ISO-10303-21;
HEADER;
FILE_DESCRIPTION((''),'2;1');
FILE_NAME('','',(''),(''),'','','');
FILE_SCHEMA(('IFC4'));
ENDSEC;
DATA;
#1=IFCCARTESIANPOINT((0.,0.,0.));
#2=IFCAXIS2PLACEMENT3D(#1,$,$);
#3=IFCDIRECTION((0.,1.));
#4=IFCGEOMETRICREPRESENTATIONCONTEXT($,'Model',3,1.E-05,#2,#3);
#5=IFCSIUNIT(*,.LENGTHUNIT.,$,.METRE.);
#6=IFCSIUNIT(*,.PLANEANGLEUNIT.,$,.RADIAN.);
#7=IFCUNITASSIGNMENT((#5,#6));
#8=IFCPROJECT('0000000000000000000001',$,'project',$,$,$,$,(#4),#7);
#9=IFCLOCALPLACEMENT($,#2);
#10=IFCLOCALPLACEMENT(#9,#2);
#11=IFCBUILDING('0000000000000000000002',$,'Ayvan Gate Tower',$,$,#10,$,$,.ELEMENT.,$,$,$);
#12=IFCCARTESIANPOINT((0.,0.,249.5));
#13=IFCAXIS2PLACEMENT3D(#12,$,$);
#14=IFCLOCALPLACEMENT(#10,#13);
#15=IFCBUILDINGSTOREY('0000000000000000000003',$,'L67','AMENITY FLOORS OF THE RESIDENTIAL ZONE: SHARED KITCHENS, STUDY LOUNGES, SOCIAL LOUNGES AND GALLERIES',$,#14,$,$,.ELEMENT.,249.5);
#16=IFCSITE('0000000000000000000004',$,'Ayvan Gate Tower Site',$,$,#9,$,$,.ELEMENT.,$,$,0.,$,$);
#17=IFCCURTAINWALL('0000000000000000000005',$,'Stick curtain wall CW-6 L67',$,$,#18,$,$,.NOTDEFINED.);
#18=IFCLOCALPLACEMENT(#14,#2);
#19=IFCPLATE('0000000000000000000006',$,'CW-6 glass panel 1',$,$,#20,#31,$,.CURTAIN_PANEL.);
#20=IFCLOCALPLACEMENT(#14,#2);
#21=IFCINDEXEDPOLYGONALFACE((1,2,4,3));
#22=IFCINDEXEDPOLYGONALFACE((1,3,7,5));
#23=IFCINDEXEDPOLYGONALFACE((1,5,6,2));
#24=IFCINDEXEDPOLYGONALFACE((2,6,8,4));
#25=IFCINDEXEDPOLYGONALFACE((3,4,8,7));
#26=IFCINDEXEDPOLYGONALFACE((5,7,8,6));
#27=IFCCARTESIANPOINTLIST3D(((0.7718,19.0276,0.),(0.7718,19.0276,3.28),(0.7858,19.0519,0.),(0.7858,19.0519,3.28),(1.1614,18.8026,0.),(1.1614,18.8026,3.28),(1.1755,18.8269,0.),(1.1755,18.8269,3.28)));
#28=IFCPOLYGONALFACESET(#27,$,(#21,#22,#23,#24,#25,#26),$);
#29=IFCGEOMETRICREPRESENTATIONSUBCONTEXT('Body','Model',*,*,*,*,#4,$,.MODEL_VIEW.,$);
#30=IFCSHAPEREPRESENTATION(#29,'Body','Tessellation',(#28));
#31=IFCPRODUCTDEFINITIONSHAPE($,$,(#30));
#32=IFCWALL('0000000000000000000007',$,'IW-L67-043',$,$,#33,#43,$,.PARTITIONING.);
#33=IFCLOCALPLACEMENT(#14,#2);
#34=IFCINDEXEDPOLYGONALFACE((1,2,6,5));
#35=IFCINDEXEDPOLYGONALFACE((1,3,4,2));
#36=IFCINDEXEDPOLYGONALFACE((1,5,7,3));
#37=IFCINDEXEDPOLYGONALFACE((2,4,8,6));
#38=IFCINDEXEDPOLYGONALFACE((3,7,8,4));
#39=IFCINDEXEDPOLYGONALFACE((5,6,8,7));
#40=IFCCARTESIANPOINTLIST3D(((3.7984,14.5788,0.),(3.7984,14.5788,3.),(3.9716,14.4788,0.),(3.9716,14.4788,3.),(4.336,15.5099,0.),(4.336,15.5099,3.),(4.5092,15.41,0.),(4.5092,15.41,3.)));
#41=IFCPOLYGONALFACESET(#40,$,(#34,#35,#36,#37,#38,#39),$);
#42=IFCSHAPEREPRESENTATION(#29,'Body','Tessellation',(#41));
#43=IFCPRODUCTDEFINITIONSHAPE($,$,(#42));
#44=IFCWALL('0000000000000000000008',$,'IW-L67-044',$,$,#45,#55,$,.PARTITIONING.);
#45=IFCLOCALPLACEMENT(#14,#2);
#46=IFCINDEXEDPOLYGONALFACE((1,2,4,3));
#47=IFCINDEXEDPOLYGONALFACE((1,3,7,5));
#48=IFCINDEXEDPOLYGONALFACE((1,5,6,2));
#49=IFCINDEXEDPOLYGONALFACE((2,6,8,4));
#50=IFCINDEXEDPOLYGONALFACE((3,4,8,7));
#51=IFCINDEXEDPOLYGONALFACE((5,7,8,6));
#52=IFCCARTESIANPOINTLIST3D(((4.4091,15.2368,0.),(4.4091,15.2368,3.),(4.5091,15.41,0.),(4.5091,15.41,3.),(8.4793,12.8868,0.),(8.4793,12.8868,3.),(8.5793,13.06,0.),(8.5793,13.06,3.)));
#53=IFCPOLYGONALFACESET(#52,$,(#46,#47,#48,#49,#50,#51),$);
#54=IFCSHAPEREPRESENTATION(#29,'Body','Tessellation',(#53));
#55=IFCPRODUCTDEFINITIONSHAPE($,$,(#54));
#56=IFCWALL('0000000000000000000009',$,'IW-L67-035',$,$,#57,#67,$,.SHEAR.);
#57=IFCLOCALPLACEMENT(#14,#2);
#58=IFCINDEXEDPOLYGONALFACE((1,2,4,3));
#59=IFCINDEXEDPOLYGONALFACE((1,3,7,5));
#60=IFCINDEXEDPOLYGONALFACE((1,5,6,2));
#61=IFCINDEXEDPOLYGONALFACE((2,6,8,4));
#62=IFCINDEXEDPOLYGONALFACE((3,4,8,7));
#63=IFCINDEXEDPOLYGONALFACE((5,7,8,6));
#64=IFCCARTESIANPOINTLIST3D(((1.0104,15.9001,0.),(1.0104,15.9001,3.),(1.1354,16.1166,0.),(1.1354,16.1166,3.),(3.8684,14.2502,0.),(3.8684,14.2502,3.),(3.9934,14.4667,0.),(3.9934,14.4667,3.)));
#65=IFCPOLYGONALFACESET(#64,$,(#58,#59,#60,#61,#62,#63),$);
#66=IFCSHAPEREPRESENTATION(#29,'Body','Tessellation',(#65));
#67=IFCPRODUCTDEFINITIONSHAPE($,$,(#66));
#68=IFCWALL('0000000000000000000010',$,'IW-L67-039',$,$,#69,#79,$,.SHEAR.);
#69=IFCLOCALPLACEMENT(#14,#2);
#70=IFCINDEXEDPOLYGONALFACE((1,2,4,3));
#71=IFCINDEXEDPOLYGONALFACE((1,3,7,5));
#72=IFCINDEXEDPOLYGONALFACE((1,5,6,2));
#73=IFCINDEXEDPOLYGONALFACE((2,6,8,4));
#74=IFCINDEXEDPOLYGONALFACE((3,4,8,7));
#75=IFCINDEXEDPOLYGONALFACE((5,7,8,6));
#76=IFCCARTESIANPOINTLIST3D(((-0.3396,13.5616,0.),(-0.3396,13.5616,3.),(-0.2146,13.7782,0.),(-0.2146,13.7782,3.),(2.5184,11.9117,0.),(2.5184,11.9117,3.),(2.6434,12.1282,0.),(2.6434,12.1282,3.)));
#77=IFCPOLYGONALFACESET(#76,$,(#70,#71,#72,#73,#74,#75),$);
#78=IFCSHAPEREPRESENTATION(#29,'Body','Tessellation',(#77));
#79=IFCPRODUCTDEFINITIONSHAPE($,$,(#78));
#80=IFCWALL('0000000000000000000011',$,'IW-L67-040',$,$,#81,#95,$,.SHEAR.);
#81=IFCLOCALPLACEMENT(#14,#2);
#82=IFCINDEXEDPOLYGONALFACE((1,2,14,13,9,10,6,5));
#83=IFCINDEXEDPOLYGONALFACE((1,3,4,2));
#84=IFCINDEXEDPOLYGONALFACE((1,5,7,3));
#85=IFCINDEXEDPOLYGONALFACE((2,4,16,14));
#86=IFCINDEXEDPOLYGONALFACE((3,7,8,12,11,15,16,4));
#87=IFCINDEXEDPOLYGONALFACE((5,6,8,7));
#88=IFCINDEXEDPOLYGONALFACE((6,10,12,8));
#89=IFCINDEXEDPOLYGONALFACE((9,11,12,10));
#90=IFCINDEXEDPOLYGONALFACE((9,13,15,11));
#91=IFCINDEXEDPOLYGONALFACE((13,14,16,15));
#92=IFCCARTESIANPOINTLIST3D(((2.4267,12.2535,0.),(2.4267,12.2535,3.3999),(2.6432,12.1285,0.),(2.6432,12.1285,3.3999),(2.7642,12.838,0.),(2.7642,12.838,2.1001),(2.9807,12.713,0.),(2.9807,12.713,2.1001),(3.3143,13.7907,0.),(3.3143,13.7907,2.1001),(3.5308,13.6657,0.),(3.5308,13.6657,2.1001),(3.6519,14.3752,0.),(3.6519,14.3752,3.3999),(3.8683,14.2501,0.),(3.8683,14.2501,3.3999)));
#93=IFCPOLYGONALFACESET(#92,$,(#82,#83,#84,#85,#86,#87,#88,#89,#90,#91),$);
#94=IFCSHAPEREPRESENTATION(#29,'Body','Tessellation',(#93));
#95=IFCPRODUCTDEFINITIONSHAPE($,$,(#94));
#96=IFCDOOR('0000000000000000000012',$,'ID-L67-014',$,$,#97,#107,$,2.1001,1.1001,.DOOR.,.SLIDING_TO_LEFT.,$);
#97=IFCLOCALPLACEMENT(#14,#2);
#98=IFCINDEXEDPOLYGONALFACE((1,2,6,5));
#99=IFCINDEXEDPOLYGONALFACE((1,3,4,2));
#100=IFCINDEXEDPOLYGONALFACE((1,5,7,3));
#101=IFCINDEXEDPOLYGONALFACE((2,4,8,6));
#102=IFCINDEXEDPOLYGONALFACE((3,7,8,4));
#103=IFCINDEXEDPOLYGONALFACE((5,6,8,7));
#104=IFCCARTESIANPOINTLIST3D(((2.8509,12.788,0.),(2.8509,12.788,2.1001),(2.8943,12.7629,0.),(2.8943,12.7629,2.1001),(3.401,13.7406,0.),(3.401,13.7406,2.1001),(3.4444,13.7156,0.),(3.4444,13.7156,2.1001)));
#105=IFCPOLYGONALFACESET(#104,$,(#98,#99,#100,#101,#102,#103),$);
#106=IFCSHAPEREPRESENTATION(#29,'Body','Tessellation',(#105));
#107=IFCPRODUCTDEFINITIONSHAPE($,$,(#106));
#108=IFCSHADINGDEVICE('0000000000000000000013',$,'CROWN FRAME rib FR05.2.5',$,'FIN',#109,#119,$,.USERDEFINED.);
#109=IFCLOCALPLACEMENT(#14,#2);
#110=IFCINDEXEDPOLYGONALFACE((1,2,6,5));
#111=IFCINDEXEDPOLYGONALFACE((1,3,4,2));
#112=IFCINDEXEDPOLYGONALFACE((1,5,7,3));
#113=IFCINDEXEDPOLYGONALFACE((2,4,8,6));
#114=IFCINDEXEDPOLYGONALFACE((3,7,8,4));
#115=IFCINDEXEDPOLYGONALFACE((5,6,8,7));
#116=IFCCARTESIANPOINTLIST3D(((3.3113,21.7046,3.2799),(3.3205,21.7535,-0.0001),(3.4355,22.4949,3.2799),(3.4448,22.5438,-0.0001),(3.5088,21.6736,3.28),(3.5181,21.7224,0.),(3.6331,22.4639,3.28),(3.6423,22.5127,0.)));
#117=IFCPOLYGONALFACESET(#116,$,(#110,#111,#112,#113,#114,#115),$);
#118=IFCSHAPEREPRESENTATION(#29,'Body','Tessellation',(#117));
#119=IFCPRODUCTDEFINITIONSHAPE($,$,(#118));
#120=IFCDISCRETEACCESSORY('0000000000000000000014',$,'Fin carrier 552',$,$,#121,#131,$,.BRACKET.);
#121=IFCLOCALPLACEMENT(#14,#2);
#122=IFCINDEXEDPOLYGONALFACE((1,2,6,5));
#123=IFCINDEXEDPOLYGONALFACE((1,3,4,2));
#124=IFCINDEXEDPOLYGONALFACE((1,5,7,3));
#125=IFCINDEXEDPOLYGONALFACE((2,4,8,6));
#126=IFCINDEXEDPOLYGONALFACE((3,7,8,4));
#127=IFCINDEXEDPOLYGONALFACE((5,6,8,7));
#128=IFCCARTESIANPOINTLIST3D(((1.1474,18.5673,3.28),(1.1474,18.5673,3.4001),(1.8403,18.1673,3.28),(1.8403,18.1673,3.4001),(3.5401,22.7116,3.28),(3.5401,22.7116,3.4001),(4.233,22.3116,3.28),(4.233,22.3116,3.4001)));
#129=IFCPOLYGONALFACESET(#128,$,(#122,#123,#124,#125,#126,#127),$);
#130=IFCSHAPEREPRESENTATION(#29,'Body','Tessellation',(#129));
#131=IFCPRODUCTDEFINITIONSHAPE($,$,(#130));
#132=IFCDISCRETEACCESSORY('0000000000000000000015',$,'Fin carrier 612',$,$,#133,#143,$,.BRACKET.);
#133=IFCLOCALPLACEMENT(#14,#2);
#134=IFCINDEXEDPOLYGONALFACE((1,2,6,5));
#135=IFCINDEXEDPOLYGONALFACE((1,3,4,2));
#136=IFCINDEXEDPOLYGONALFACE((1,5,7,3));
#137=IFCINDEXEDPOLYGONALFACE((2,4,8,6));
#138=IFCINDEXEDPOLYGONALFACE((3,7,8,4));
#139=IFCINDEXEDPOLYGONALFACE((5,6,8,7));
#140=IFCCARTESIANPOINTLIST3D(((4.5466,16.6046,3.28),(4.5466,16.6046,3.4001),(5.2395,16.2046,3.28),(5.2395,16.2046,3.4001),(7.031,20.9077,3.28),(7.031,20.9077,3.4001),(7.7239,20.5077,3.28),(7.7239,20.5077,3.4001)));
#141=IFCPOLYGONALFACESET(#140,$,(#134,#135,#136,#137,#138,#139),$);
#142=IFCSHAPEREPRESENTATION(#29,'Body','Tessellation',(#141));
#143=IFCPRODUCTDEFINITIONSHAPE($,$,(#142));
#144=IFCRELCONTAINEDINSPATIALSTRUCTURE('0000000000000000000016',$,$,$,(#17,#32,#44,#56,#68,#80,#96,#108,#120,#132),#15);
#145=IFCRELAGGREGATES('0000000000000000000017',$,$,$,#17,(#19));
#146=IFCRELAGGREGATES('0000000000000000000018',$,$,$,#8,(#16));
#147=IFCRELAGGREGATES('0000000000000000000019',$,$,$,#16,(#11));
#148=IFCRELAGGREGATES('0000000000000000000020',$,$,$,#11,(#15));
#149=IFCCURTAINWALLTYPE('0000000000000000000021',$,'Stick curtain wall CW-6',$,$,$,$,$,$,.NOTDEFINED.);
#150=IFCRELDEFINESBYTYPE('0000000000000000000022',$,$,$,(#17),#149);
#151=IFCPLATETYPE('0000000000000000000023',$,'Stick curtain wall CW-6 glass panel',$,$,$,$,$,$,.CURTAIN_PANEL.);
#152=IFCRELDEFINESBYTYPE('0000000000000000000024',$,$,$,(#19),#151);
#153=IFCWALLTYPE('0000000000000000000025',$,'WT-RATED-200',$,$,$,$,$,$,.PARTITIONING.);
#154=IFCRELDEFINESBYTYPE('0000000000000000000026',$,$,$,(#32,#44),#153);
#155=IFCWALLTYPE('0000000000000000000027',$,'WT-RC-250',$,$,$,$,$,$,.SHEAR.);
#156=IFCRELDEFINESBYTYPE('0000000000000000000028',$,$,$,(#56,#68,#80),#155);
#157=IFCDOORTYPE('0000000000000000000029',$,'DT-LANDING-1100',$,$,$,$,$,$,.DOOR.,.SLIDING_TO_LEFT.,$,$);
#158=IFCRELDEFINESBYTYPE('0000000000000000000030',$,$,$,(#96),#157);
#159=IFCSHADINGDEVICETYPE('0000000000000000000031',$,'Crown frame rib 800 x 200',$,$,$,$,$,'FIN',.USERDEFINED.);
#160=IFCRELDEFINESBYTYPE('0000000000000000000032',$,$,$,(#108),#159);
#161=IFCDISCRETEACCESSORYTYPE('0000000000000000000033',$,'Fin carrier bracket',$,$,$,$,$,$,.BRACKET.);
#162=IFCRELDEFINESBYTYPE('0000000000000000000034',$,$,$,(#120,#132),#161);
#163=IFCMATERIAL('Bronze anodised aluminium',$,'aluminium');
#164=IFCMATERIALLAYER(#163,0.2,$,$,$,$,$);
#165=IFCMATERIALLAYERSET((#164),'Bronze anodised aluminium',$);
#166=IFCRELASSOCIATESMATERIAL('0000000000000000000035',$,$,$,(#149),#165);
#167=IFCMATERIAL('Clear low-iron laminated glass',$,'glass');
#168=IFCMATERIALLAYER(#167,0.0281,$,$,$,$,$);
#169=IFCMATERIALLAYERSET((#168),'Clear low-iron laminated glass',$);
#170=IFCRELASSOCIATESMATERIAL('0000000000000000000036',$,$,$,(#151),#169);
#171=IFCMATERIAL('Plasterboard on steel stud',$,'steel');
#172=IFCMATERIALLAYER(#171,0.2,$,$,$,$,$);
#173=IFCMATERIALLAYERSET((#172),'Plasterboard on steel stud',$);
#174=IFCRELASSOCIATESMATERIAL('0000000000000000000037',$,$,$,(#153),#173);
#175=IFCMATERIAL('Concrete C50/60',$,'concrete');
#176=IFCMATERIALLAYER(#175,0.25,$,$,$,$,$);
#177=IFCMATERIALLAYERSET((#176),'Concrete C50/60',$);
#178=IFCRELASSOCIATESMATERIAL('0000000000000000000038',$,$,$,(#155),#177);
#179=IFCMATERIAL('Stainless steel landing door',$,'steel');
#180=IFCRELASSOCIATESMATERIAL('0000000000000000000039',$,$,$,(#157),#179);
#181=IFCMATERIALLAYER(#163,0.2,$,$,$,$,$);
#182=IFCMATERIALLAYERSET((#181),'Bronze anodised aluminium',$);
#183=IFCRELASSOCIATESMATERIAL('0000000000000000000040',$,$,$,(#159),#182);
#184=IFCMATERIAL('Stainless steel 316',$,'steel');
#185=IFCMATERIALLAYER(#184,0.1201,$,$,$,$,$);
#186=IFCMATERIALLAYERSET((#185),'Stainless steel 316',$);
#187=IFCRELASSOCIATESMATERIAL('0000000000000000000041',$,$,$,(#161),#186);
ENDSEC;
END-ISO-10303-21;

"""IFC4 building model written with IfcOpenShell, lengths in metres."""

from ifc_helpers import new_model, si_unit, direction, frame, frame_2d, origin, origin_2d, place, context, subcontext, project, spatial, polyline, rectangle, outline, extrude, material, layer, layer_set, type_object, element, fill, aggregate, save


model = new_model("IFC4")

# Units and contexts
model_context = context("Model", 3, precision=1e-05, world=origin(), true_north=direction((0.0, 1.0)))
body_context = subcontext(model_context, "Body", "Model", "MODEL_VIEW")
ifc_project = project(units=[si_unit("LENGTHUNIT", "METRE"), si_unit("PLANEANGLEUNIT", "RADIAN")], contexts=[model_context])

# Site, building, storey
site_placement = place(None, origin())
site = spatial("IfcSite", under=ifc_project, at=site_placement, Name="Ayvan Gate Tower Site", CompositionType="ELEMENT", RefElevation=0.0)
building_placement = place(site_placement, origin())
building = spatial("IfcBuilding", under=site, at=building_placement, Name="Ayvan Gate Tower", CompositionType="ELEMENT")
storey_placement = place(building_placement, frame((0.0, 0.0, 249.5)))
storey = spatial("IfcBuildingStorey", under=building, at=storey_placement, Name="L67", Description="AMENITY FLOORS OF THE RESIDENTIAL ZONE: SHARED KITCHENS, STUDY LOUNGES, SOCIAL LOUNGES AND GALLERIES", CompositionType="ELEMENT", Elevation=249.5)

# Shared definitions
ifc_material_1 = material(Name="Concrete C50/60", Category="concrete")

# Curtain wall
ifc_material_2 = material(Name="Bronze anodised aluminium", Category="aluminium")
ifc_layer_1 = layer(ifc_material_2, 0.2)
ifc_layer_set_1 = layer_set([ifc_layer_1], Name="Bronze anodised aluminium")
curtain_wall_type_1 = type_object("IfcCurtainWallType", Name="Stick curtain wall CW-6", PredefinedType="NOTDEFINED", material=ifc_layer_set_1)
curtain_wall_1_placement = place(storey_placement, origin())
curtain_wall_1 = element("IfcCurtainWall", 1, at=curtain_wall_1_placement, inside=storey, type_object=curtain_wall_type_1, Name="Stick curtain wall CW-6 L67", PredefinedType="NOTDEFINED")

# Plate
ifc_material_3 = material(Name="Clear low-iron laminated glass", Category="glass")
ifc_layer_2 = layer(ifc_material_3, 0.0281)
ifc_layer_set_2 = layer_set([ifc_layer_2], Name="Clear low-iron laminated glass")
plate_type_1 = type_object("IfcPlateType", Name="Stick curtain wall CW-6 glass panel", PredefinedType="CURTAIN_PANEL", material=ifc_layer_set_2)
plate_1_placement = place(storey_placement, frame((0.9736, 18.9272, 0.0), z_axis=(0.0, 0.0, 1.0), x_axis=(-0.866025, 0.5, 0.0)))
plate_1 = element("IfcPlate", 2, at=plate_1_placement, type_object=plate_type_1, Name="CW-6 glass panel 1", PredefinedType="CURTAIN_PANEL", context=body_context, shape_type="SweptSolid", body=[
    extrude(rectangle(XDim=0.45, YDim=0.0281, at=origin_2d()), origin(), (0.0, 0.0, 1.0), 3.28),
])
aggregate(curtain_wall_1, [plate_1])

# Walls
ifc_material_4 = material(Name="Plasterboard on steel stud", Category="steel")
ifc_layer_3 = layer(ifc_material_4, 0.2)
ifc_layer_set_3 = layer_set([ifc_layer_3], Name="Plasterboard on steel stud")
wall_type_1 = type_object("IfcWallType", Name="WT-RATED-200", PredefinedType="PARTITIONING", material=ifc_layer_set_3)
wall_1_placement = place(storey_placement, frame((3.885, 14.5288, 0.0), z_axis=(0.0, 0.0, 1.0), x_axis=(0.499998, 0.866027, 0.0)))
element("IfcWall", 3, at=wall_1_placement, inside=storey, type_object=wall_type_1, Name="IW-L67-043", PredefinedType="PARTITIONING", context=body_context, shape_type="SweptSolid", body=[
    extrude(rectangle(XDim=1.0752, YDim=0.2, at=frame_2d((0.5376, 0.0))), origin(), (0.0, 0.0, 1.0), 3.0),
])
wall_2_placement = place(storey_placement, frame((4.459, 15.3235, 0.0), z_axis=(0.0, 0.0, 1.0), x_axis=(0.866016, -0.500016, 0.0)))
element("IfcWall", 4, at=wall_2_placement, inside=storey, type_object=wall_type_1, Name="IW-L67-044", PredefinedType="PARTITIONING", context=body_context, shape_type="SweptSolid", body=[
    extrude(rectangle(XDim=4.7, YDim=0.2, at=frame_2d((2.3501, 0.0))), origin(), (0.0, 0.0, 1.0), 3.0),
])
ifc_layer_4 = layer(ifc_material_1, 0.25)
ifc_layer_set_4 = layer_set([ifc_layer_4], Name="Concrete C50/60")
wall_type_2 = type_object("IfcWallType", Name="WT-RC-250", PredefinedType="SHEAR", material=ifc_layer_set_4)
for number, where, z_axis, x_axis, name in (
    (5, (1.073, 16.0083, 0.0), (0.0, 0.0, 1.0), (0.86604, -0.499974, 0.0), "IW-L67-035"),
    (6, (2.5808, 12.02, 0.0), (0.0, 0.0, 1.0), (-0.86604, 0.499974, 0.0), "IW-L67-039"),
):
    element("IfcWall", number, at=place(storey_placement, frame(where, z_axis=z_axis, x_axis=x_axis)), inside=storey, type_object=wall_type_2, Name=name, PredefinedType="SHEAR", context=body_context, shape_type="SweptSolid", body=[
        extrude(rectangle(XDim=3.3, YDim=0.25, at=frame_2d((1.6499, 0.0))), origin(), (0.0, 0.0, 1.0), 3.0),
    ])

# Wall, opening, door
wall_3_placement = place(storey_placement, frame((2.5349, 12.1909, 0.0), z_axis=(0.0, 0.0, 1.0), x_axis=(0.500062, 0.86599, 0.0)))
wall_3 = element("IfcWall", 7, at=wall_3_placement, inside=storey, type_object=wall_type_2, Name="IW-L67-040", PredefinedType="SHEAR", context=body_context, shape_type="SweptSolid", body=[
    extrude(rectangle(XDim=2.45, YDim=0.25, at=frame_2d((1.2251, 0.0))), origin(), (0.0, 0.0, 1.0), 3.3999),
])
opening_placement = place(wall_3_placement, frame((0.675, 0.0, 0.0)))
opening = element("IfcOpeningElement", 8, at=opening_placement, cuts=wall_3, PredefinedType="OPENING", context=body_context, shape_type="SweptSolid", body=[
    extrude(rectangle(XDim=1.1001, YDim=2.1001, at=frame_2d((0.55, 1.05))), frame((0.0, 0.135, 0.0), z_axis=(0.0, -1.0, 0.0), x_axis=(1.0, 0.0, 0.0)), (0.0, 0.0, 1.0), 0.27),
])
ifc_material_5 = material(Name="Stainless steel landing door", Category="steel")
door_type = type_object("IfcDoorType", Name="DT-LANDING-1100", OperationType="SLIDING_TO_LEFT", PredefinedType="DOOR", material=ifc_material_5)
door_placement = place(opening_placement, origin())
door = element("IfcDoor", 9, at=door_placement, inside=storey, type_object=door_type, Name="ID-L67-014", OperationType="SLIDING_TO_LEFT", OverallHeight=2.1001, OverallWidth=1.1001, PredefinedType="DOOR", context=body_context, shape_type="SweptSolid", body=[
    extrude(rectangle(XDim=1.1001, YDim=2.1001, at=frame_2d((0.55, 1.05))), frame((0.0, 0.0249, 0.0), z_axis=(0.0, -1.0, 0.0), x_axis=(1.0, 0.0, 0.0)), (0.0, 0.0, 1.0), 0.05),
])
fill(opening, door)

# Shading device
ifc_layer_5 = layer(ifc_material_2, 0.2)
ifc_layer_set_5 = layer_set([ifc_layer_5], Name="Bronze anodised aluminium")
shading_device_type = type_object("IfcShadingDeviceType", Name="Crown frame rib 800 x 200", ElementType="FIN", PredefinedType="USERDEFINED", material=ifc_layer_set_5)
shading_device_placement = place(storey_placement, frame((3.5181, 21.7224, 0.0), z_axis=(0.987862, -0.155336, 0.000482), x_axis=(0.155336, 0.987862, 0.0)))
element("IfcShadingDevice", 10, at=shading_device_placement, inside=storey, type_object=shading_device_type, Name="CROWN FRAME rib FR05.2.5", ObjectType="FIN", PredefinedType="USERDEFINED", context=body_context, shape_type="SweptSolid", body=[
    extrude(outline(polyline([(0.0, 0.0), (0.8, 0.0), (0.7503, 3.28), (-0.0497, 3.28), (0.0, 0.0)])), origin(), (0.0, 0.0, -1.0), 0.2),
])

# Discrete accessories
ifc_material_6 = material(Name="Stainless steel 316", Category="steel")
ifc_layer_6 = layer(ifc_material_6, 0.1201)
ifc_layer_set_6 = layer_set([ifc_layer_6], Name="Stainless steel 316")
discrete_accessory_type = type_object("IfcDiscreteAccessoryType", Name="Fin carrier bracket", PredefinedType="BRACKET", material=ifc_layer_set_6)
discrete_accessory_1_placement = place(storey_placement, frame((2.6902, 20.4395, 3.28), z_axis=(0.0, 0.0, 1.0), x_axis=(-0.866025, 0.5, 0.0)))
element("IfcDiscreteAccessory", 11, at=discrete_accessory_1_placement, inside=storey, type_object=discrete_accessory_type, Name="Fin carrier 552", PredefinedType="BRACKET", context=body_context, shape_type="SweptSolid", body=[
    extrude(rectangle(XDim=0.8, YDim=4.7854, at=origin_2d()), origin(), (0.0, 0.0, 1.0), 0.1201),
])
discrete_accessory_2_placement = place(storey_placement, frame((6.1353, 18.5562, 3.28), z_axis=(0.0, 0.0, 1.0), x_axis=(-0.866025, 0.5, 0.0)))
element("IfcDiscreteAccessory", 12, at=discrete_accessory_2_placement, inside=storey, type_object=discrete_accessory_type, Name="Fin carrier 612", PredefinedType="BRACKET", context=body_context, shape_type="SweptSolid", body=[
    extrude(rectangle(XDim=0.8, YDim=4.9688, at=origin_2d()), origin(), (0.0, 0.0, 1.0), 0.1201),
])

save(model, "model.ifc")
